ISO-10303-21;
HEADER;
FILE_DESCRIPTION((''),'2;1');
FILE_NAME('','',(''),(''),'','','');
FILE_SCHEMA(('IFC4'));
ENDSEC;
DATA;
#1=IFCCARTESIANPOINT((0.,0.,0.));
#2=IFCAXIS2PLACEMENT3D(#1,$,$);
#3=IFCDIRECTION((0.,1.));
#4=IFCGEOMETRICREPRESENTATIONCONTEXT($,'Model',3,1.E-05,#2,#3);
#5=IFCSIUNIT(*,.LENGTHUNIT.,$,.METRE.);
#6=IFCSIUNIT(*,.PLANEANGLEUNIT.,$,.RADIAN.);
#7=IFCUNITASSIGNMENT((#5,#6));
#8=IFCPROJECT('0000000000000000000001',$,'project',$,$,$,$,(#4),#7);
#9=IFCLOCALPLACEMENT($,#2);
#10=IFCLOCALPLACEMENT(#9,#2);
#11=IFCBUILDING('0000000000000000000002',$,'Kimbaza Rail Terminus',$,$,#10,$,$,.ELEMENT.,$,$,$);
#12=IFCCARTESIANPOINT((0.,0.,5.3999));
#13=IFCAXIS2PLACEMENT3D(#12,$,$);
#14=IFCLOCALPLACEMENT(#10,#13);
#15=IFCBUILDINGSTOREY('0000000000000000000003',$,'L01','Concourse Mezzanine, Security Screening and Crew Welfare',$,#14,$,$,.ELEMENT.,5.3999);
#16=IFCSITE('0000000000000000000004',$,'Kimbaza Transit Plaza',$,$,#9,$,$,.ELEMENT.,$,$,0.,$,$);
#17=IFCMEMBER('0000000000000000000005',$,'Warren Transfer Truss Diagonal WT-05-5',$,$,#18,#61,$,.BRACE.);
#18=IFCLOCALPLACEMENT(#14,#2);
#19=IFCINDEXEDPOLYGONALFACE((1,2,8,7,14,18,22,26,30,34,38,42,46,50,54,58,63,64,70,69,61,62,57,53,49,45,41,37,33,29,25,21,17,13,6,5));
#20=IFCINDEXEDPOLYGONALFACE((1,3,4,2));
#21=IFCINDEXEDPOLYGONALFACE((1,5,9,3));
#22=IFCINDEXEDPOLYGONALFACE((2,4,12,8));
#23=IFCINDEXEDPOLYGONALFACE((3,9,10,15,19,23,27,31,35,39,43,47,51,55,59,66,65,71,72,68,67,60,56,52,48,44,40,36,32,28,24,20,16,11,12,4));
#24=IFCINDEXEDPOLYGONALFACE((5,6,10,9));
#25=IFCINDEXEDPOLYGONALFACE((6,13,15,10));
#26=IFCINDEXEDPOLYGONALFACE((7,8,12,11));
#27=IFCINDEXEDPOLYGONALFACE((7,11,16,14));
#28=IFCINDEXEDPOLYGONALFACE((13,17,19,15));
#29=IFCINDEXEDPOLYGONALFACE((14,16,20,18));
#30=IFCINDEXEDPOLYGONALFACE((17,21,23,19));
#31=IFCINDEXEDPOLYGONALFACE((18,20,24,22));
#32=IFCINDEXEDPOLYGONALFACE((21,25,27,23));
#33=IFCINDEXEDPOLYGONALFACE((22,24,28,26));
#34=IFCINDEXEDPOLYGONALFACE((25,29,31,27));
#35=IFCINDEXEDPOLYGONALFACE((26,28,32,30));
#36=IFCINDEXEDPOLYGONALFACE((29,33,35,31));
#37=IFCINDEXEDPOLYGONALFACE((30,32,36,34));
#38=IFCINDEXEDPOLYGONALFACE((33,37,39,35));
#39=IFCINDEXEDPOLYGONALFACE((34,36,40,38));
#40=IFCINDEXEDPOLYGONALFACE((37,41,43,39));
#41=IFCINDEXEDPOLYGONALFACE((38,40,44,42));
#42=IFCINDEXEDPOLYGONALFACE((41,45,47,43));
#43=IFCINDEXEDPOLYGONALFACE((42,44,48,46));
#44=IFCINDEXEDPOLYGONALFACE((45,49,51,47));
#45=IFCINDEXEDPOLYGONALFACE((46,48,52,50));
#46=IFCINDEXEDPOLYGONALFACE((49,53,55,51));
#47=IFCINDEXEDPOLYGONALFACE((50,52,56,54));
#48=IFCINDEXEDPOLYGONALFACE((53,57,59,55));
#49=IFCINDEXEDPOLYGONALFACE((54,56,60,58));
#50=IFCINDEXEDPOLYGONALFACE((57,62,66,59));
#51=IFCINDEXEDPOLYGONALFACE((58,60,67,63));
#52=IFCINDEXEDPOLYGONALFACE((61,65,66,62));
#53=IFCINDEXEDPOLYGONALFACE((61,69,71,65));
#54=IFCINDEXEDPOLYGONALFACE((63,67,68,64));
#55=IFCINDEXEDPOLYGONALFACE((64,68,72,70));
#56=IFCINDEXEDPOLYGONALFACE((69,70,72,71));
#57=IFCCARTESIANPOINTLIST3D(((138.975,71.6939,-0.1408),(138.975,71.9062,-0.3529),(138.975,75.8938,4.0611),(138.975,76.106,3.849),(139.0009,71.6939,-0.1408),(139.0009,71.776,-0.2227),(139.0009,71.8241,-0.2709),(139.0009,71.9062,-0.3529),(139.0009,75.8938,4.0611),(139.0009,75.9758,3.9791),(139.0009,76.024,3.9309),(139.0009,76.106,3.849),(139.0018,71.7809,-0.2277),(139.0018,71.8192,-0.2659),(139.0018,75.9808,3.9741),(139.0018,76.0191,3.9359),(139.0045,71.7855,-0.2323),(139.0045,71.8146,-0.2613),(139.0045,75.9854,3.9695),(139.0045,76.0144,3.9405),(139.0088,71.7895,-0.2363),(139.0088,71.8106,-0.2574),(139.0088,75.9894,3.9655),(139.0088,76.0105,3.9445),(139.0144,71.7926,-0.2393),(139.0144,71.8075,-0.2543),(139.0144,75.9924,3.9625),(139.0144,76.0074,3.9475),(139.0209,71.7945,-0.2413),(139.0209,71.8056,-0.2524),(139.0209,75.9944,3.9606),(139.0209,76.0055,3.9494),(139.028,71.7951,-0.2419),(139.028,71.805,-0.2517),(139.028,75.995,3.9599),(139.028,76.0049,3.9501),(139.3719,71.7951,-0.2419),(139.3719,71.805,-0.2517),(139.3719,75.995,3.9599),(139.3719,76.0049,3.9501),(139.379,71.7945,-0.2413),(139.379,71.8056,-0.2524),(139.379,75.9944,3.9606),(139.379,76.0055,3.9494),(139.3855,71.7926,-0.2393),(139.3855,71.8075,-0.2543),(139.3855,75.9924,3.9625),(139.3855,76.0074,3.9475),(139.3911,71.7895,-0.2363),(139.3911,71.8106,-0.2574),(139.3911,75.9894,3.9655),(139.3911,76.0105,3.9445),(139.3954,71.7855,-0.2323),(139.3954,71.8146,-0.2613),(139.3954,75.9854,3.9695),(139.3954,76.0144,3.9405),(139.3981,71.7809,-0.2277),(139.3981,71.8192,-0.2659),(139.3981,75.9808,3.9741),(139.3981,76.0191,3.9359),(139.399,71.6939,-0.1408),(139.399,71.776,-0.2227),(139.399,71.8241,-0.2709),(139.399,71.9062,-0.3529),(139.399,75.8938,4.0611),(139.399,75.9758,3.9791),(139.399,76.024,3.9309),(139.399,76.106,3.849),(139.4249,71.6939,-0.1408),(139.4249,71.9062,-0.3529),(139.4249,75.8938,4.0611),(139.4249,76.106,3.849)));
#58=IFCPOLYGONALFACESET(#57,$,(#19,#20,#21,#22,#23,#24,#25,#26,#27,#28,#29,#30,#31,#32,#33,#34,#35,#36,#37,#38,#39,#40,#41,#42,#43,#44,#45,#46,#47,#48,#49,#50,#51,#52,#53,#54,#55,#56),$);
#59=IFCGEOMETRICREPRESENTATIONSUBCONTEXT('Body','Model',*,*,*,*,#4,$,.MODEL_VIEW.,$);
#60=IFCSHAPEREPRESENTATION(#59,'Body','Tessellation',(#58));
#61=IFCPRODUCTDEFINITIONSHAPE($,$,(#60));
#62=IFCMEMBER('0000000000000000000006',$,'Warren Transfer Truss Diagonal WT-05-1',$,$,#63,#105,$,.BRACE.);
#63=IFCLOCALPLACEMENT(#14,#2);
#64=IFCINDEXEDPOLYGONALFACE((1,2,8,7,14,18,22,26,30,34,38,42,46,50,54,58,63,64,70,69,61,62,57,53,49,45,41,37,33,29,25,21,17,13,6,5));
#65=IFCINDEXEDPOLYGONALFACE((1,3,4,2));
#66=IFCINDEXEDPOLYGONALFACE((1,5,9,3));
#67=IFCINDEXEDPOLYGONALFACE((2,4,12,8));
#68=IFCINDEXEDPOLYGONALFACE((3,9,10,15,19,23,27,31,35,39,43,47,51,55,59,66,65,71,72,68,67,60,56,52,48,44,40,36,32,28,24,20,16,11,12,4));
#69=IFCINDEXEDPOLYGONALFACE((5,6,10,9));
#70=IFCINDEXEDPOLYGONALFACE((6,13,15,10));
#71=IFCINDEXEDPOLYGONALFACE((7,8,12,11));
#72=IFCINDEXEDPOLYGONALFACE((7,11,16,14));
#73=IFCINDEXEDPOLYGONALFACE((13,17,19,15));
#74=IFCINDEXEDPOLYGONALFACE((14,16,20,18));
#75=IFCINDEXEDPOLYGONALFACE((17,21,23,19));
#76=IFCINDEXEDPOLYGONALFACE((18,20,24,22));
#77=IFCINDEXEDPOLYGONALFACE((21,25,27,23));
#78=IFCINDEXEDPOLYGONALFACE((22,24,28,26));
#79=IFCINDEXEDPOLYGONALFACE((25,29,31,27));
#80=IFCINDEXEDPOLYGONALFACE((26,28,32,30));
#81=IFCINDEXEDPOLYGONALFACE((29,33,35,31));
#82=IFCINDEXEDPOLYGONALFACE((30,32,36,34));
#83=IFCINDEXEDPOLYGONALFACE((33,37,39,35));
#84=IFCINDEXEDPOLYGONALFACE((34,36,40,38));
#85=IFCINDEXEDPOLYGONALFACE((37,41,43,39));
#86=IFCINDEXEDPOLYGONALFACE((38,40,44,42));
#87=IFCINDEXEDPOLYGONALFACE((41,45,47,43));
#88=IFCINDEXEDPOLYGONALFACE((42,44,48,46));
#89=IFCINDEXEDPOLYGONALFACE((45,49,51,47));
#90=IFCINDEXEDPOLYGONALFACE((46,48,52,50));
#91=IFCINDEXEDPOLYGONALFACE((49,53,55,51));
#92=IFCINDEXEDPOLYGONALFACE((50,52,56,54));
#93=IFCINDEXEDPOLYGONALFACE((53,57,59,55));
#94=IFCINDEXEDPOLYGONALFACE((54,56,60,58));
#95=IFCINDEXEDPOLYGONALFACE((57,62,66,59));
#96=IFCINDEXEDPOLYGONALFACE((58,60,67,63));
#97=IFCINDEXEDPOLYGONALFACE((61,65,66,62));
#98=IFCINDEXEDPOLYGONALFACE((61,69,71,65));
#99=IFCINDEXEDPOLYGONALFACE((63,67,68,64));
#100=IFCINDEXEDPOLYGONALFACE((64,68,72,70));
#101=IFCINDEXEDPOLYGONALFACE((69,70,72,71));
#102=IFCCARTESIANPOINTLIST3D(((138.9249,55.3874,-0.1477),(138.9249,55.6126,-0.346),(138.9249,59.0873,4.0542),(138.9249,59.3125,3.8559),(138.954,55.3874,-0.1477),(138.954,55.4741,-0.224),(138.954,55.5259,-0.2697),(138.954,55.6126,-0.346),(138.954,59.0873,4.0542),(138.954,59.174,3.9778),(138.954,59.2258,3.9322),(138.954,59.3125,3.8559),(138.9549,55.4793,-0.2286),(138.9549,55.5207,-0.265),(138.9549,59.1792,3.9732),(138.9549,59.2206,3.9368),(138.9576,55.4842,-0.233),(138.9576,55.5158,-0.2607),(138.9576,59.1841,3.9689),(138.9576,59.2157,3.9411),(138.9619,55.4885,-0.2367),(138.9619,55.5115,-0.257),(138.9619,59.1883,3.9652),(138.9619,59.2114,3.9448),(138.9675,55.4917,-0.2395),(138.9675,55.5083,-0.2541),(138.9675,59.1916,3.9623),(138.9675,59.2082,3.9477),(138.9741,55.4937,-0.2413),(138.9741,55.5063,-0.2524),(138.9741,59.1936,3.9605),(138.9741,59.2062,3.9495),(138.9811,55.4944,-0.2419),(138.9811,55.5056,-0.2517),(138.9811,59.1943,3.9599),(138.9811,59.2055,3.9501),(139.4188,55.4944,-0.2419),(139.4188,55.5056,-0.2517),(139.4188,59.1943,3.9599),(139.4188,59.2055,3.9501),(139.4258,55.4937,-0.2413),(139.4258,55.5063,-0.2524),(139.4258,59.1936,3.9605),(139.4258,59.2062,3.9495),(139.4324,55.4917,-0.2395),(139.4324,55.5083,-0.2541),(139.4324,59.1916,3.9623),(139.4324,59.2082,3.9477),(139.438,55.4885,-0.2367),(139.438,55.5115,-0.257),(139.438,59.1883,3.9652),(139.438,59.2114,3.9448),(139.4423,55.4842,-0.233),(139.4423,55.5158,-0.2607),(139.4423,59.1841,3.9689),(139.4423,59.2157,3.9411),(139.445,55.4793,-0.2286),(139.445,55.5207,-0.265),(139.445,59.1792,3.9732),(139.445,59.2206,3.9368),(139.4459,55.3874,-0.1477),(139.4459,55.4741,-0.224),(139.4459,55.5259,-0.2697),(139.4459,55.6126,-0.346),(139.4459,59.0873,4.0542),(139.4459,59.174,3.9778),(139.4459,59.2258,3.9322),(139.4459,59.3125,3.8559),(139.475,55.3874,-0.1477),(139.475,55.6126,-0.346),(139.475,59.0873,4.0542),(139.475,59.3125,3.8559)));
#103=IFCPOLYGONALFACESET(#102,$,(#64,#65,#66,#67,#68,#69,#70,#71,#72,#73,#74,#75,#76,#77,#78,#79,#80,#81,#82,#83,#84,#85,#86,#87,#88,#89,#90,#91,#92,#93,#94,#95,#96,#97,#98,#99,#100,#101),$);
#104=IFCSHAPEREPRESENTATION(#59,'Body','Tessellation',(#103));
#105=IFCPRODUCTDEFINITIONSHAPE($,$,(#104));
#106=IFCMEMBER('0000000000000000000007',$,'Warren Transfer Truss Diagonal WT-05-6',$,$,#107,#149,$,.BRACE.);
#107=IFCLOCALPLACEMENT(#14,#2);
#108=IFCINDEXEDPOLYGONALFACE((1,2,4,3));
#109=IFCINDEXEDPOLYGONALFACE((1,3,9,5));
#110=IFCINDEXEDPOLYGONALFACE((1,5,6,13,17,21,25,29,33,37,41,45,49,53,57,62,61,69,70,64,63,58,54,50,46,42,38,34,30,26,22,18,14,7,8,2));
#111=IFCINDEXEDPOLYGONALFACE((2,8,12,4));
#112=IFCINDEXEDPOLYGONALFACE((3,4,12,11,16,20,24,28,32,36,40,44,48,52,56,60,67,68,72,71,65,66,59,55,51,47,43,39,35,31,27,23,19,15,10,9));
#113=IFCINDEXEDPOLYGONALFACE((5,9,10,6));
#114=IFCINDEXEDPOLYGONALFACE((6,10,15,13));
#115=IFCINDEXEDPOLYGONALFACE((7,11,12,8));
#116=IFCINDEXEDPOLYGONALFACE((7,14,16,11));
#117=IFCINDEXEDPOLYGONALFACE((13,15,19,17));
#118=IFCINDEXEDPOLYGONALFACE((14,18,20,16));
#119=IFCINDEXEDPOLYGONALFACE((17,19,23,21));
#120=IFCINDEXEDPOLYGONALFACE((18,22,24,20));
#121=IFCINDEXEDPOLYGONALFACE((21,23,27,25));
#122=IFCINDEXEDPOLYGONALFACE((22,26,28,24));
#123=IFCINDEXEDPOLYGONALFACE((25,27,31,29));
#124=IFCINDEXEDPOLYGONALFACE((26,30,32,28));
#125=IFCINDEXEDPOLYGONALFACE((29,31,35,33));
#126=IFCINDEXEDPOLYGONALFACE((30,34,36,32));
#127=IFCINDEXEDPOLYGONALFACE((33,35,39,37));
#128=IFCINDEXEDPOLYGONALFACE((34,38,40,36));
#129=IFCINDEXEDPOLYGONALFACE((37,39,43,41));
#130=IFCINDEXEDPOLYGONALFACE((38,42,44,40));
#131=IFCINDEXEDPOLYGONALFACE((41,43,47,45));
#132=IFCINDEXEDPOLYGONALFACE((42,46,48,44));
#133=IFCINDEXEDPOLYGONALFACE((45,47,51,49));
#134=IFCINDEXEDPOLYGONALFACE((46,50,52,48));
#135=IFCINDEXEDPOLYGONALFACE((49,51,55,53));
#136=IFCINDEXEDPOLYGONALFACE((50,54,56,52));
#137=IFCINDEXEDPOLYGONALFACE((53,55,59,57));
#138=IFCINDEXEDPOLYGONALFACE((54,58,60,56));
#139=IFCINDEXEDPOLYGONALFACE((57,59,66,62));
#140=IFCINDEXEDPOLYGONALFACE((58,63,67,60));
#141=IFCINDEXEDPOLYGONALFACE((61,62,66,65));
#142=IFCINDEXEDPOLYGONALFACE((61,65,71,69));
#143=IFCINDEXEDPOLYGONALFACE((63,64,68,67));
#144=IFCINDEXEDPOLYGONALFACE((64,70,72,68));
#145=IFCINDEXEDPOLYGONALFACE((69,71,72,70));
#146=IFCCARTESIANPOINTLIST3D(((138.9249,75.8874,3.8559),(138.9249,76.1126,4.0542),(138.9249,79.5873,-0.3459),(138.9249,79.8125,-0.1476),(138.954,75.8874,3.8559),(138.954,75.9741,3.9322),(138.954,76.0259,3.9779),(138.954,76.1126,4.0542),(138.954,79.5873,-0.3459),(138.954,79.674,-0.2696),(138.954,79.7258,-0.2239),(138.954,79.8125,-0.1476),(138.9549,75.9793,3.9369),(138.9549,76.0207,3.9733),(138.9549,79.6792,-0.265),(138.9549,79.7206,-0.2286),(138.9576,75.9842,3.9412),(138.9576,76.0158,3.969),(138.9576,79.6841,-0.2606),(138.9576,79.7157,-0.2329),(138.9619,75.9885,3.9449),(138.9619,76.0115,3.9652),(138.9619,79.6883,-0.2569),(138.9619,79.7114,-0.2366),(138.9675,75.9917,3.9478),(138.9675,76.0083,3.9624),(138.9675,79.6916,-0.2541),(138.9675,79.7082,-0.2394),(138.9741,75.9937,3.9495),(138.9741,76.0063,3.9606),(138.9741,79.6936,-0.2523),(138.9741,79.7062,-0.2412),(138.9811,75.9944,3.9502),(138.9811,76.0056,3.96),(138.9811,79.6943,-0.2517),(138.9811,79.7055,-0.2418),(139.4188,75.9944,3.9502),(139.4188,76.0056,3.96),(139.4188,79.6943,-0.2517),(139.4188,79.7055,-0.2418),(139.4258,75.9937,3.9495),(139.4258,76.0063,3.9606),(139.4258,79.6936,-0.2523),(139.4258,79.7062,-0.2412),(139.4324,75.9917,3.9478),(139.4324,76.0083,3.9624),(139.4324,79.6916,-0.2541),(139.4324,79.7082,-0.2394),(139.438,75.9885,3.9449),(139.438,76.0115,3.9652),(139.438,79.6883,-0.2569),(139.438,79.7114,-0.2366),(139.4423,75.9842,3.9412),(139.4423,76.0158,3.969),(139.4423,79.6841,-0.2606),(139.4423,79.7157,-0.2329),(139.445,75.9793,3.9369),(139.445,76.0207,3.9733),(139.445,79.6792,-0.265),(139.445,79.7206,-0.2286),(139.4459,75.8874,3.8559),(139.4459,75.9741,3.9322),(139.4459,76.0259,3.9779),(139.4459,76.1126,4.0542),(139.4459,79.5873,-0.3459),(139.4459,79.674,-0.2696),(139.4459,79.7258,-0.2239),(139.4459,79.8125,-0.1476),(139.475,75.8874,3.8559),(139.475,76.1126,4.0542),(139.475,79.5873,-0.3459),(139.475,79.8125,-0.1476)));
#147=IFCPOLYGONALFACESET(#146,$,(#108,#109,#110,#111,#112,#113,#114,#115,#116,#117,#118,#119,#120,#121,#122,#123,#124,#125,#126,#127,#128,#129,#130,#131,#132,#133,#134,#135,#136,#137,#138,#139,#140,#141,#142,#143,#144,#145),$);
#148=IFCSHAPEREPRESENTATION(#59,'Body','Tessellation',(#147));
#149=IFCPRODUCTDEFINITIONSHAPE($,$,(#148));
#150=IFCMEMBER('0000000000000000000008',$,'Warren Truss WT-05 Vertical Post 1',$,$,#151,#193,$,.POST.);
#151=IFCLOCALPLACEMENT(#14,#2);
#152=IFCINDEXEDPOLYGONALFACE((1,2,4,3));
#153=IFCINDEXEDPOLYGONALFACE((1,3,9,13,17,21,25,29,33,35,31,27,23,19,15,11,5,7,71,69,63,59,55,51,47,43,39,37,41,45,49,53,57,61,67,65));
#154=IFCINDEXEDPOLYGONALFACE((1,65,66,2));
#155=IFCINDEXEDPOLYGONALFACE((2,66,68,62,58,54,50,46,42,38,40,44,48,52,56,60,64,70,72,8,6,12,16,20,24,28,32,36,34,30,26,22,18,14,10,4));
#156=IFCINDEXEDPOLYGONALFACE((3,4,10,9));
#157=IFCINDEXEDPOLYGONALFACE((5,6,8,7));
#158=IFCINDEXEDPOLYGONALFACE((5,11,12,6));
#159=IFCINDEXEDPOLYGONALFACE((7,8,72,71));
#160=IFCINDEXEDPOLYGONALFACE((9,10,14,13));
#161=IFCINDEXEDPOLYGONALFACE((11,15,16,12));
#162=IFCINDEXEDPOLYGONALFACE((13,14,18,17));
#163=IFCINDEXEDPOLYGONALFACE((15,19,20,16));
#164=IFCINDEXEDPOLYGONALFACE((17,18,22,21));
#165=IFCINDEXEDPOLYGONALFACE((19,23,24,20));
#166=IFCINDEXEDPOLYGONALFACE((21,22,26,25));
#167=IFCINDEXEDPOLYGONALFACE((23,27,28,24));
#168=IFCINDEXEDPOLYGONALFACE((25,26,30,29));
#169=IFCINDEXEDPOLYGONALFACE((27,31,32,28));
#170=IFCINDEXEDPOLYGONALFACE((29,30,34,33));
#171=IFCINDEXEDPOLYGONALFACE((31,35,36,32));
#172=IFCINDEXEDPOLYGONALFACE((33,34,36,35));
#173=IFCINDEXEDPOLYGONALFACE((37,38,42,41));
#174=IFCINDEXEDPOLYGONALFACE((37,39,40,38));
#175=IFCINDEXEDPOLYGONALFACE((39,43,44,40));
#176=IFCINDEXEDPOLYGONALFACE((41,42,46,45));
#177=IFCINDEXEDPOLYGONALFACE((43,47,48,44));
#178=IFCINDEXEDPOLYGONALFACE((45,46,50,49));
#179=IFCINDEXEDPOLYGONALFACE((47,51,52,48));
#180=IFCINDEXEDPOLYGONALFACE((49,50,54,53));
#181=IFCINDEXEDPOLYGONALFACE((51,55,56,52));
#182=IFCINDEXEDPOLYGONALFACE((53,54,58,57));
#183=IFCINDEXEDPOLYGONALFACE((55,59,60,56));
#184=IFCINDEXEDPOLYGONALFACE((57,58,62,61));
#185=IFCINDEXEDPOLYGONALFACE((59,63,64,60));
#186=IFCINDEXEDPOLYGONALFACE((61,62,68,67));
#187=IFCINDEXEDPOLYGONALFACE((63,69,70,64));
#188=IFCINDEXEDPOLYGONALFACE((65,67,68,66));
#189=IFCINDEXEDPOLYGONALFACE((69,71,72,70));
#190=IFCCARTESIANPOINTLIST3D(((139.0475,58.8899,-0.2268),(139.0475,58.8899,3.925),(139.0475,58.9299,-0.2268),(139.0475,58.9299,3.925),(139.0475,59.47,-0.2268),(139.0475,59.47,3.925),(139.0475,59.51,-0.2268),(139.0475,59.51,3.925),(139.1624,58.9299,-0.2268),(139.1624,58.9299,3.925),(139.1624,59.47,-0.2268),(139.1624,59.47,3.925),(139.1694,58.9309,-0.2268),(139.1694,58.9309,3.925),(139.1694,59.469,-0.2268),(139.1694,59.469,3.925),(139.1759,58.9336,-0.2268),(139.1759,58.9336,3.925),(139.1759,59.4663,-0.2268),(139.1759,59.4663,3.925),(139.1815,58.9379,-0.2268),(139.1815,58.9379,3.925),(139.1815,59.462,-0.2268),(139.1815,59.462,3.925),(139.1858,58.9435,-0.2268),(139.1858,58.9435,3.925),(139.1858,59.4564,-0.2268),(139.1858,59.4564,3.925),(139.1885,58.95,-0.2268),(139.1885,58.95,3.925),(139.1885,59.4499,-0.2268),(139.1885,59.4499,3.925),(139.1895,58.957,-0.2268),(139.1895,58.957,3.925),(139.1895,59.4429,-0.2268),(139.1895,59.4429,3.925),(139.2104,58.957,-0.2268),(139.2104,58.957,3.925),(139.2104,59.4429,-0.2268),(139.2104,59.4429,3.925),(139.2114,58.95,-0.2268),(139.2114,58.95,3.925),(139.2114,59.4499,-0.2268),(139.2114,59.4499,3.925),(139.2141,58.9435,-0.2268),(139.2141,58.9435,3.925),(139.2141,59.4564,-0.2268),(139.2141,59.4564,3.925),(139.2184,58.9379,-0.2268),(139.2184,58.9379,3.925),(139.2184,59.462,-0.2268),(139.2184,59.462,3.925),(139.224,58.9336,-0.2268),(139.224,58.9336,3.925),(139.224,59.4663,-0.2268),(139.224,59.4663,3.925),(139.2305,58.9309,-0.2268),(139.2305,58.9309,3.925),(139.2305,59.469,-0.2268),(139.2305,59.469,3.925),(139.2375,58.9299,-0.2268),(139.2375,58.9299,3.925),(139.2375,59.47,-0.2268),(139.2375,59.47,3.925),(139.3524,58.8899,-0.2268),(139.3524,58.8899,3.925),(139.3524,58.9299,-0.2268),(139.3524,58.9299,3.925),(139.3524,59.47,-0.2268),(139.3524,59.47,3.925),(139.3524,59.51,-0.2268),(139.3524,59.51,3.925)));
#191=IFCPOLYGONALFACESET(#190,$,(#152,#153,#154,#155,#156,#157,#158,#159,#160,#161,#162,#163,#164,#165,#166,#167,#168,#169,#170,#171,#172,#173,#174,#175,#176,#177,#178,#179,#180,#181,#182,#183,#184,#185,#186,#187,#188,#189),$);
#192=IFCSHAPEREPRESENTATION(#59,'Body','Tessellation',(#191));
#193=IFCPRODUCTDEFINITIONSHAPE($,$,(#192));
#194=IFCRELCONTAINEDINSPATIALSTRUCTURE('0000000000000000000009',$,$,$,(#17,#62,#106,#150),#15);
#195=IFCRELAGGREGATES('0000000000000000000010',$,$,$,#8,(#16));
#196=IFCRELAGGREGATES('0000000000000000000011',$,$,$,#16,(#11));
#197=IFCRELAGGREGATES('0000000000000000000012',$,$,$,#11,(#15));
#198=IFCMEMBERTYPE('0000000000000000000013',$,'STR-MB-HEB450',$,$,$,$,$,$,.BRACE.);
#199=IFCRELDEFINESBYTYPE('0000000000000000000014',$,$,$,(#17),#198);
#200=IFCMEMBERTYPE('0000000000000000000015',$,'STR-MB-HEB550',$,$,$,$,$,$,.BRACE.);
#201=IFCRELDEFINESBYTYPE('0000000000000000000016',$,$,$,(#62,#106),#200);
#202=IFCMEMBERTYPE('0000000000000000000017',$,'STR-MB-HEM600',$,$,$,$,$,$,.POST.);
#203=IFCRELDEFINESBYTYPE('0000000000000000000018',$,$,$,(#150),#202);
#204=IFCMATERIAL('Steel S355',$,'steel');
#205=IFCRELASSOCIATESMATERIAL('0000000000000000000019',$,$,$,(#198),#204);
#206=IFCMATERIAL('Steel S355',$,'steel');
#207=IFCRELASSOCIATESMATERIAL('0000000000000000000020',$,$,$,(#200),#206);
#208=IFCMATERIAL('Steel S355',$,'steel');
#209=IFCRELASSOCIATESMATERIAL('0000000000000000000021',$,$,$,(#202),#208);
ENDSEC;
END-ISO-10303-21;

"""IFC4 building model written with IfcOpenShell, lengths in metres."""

from ifc_helpers import new_model, si_unit, direction, frame, origin, origin_2d, place, context, subcontext, project, spatial, i_section, extrude, material, material_profile, profile_set, type_object, element, save


model = new_model("IFC4")

# Units and contexts
model_context = context("Model", 3, precision=1e-05, world=origin(), true_north=direction((0.0, 1.0)))
body_context = subcontext(model_context, "Body", "Model", "MODEL_VIEW")
ifc_project = project(units=[si_unit("LENGTHUNIT", "METRE"), si_unit("PLANEANGLEUNIT", "RADIAN")], contexts=[model_context])

# Site, building, storey
site_placement = place(None, origin())
site = spatial("IfcSite", under=ifc_project, at=site_placement, Name="Kimbaza Transit Plaza", CompositionType="ELEMENT", RefElevation=0.0)
building_placement = place(site_placement, origin())
building = spatial("IfcBuilding", under=site, at=building_placement, Name="Kimbaza Rail Terminus", CompositionType="ELEMENT")
storey_placement = place(building_placement, frame((0.0, 0.0, 5.3999)))
storey = spatial("IfcBuildingStorey", under=building, at=storey_placement, Name="L01", Description="Concourse Mezzanine, Security Screening and Crew Welfare", CompositionType="ELEMENT", Elevation=5.3999)

# Members
ifc_material_1 = material(Name="Steel S355", Category="steel")
ifc_material_profile_1 = material_profile(ifc_material_1, i_section(OverallWidth=0.3, OverallDepth=0.45, WebThickness=0.0139, FlangeThickness=0.0259, FilletRadius=0.0271, at=origin_2d()), Name="HEB 450")
ifc_profile_set_1 = profile_set([ifc_material_profile_1], Name="Steel S355")
member_type_1 = type_object("IfcMemberType", Name="STR-MB-HEB450", PredefinedType="BRACE", material=ifc_profile_set_1)
for number, where, z_axis, x_axis, name in (
    (1, (139.2, 71.8, -0.2468), (0.0, 0.706942, 0.707271), (0.0, -0.707271, 0.706942), "Warren Transfer Truss Diagonal WT-05-5"),
):
    element("IfcMember", number, at=place(storey_placement, frame(where, z_axis=z_axis, x_axis=x_axis)), inside=storey, type_object=member_type_1, Name=name, PredefinedType="BRACE", context=body_context, shape_type="SweptSolid", body=[
        extrude(i_section(OverallWidth=0.3, OverallDepth=0.45, WebThickness=0.0139, FlangeThickness=0.0259, FilletRadius=0.0271, at=origin_2d()), origin(), (0.0, 0.0, 1.0), 5.9409),
    ])
ifc_material_2 = material(Name="Steel S355", Category="steel")
ifc_material_profile_2 = material_profile(ifc_material_2, i_section(OverallWidth=0.3, OverallDepth=0.55, WebThickness=0.0149, FlangeThickness=0.0291, FilletRadius=0.0271, at=origin_2d()), Name="HEB 550")
ifc_profile_set_2 = profile_set([ifc_material_profile_2], Name="Steel S355")
member_type_2 = type_object("IfcMemberType", Name="STR-MB-HEB550", PredefinedType="BRACE", material=ifc_profile_set_2)
for number, where, z_axis, x_axis, name in (
    (2, (139.2, 55.5, -0.2468), (0.0, 0.660857, 0.750512), (0.0, -0.750512, 0.660857), "Warren Transfer Truss Diagonal WT-05-1"),
    (3, (139.2, 76.0, 3.9551), (0.0, 0.660857, -0.750512), (0.0, 0.750512, 0.660857), "Warren Transfer Truss Diagonal WT-05-6"),
):
    element("IfcMember", number, at=place(storey_placement, frame(where, z_axis=z_axis, x_axis=x_axis)), inside=storey, type_object=member_type_2, Name=name, PredefinedType="BRACE", context=body_context, shape_type="SweptSolid", body=[
        extrude(i_section(OverallWidth=0.3, OverallDepth=0.55, WebThickness=0.0149, FlangeThickness=0.0291, FilletRadius=0.0271, at=origin_2d()), origin(), (0.0, 0.0, 1.0), 5.5986),
    ])
ifc_material_3 = material(Name="Steel S355", Category="steel")
ifc_material_profile_3 = material_profile(ifc_material_3, i_section(OverallWidth=0.3049, OverallDepth=0.6201, WebThickness=0.021, FlangeThickness=0.04, FilletRadius=0.0271, at=origin_2d()), Name="HEM 600")
ifc_profile_set_3 = profile_set([ifc_material_profile_3], Name="Steel S355")
member_type_3 = type_object("IfcMemberType", Name="STR-MB-HEM600", PredefinedType="POST", material=ifc_profile_set_3)
for number, where, z_axis, x_axis, name in (
    (4, (139.2, 59.2, -0.2268), (0.0, 0.0, 1.0), (1.0, 0.0, 0.0), "Warren Truss WT-05 Vertical Post 1"),
):
    element("IfcMember", number, at=place(storey_placement, frame(where, z_axis=z_axis, x_axis=x_axis)), inside=storey, type_object=member_type_3, Name=name, PredefinedType="POST", context=body_context, shape_type="SweptSolid", body=[
        extrude(i_section(OverallWidth=0.3049, OverallDepth=0.6201, WebThickness=0.021, FlangeThickness=0.04, FilletRadius=0.0271, at=origin_2d()), origin(), (0.0, 0.0, 1.0), 4.1519),
    ])

save(model, "model.ifc")
